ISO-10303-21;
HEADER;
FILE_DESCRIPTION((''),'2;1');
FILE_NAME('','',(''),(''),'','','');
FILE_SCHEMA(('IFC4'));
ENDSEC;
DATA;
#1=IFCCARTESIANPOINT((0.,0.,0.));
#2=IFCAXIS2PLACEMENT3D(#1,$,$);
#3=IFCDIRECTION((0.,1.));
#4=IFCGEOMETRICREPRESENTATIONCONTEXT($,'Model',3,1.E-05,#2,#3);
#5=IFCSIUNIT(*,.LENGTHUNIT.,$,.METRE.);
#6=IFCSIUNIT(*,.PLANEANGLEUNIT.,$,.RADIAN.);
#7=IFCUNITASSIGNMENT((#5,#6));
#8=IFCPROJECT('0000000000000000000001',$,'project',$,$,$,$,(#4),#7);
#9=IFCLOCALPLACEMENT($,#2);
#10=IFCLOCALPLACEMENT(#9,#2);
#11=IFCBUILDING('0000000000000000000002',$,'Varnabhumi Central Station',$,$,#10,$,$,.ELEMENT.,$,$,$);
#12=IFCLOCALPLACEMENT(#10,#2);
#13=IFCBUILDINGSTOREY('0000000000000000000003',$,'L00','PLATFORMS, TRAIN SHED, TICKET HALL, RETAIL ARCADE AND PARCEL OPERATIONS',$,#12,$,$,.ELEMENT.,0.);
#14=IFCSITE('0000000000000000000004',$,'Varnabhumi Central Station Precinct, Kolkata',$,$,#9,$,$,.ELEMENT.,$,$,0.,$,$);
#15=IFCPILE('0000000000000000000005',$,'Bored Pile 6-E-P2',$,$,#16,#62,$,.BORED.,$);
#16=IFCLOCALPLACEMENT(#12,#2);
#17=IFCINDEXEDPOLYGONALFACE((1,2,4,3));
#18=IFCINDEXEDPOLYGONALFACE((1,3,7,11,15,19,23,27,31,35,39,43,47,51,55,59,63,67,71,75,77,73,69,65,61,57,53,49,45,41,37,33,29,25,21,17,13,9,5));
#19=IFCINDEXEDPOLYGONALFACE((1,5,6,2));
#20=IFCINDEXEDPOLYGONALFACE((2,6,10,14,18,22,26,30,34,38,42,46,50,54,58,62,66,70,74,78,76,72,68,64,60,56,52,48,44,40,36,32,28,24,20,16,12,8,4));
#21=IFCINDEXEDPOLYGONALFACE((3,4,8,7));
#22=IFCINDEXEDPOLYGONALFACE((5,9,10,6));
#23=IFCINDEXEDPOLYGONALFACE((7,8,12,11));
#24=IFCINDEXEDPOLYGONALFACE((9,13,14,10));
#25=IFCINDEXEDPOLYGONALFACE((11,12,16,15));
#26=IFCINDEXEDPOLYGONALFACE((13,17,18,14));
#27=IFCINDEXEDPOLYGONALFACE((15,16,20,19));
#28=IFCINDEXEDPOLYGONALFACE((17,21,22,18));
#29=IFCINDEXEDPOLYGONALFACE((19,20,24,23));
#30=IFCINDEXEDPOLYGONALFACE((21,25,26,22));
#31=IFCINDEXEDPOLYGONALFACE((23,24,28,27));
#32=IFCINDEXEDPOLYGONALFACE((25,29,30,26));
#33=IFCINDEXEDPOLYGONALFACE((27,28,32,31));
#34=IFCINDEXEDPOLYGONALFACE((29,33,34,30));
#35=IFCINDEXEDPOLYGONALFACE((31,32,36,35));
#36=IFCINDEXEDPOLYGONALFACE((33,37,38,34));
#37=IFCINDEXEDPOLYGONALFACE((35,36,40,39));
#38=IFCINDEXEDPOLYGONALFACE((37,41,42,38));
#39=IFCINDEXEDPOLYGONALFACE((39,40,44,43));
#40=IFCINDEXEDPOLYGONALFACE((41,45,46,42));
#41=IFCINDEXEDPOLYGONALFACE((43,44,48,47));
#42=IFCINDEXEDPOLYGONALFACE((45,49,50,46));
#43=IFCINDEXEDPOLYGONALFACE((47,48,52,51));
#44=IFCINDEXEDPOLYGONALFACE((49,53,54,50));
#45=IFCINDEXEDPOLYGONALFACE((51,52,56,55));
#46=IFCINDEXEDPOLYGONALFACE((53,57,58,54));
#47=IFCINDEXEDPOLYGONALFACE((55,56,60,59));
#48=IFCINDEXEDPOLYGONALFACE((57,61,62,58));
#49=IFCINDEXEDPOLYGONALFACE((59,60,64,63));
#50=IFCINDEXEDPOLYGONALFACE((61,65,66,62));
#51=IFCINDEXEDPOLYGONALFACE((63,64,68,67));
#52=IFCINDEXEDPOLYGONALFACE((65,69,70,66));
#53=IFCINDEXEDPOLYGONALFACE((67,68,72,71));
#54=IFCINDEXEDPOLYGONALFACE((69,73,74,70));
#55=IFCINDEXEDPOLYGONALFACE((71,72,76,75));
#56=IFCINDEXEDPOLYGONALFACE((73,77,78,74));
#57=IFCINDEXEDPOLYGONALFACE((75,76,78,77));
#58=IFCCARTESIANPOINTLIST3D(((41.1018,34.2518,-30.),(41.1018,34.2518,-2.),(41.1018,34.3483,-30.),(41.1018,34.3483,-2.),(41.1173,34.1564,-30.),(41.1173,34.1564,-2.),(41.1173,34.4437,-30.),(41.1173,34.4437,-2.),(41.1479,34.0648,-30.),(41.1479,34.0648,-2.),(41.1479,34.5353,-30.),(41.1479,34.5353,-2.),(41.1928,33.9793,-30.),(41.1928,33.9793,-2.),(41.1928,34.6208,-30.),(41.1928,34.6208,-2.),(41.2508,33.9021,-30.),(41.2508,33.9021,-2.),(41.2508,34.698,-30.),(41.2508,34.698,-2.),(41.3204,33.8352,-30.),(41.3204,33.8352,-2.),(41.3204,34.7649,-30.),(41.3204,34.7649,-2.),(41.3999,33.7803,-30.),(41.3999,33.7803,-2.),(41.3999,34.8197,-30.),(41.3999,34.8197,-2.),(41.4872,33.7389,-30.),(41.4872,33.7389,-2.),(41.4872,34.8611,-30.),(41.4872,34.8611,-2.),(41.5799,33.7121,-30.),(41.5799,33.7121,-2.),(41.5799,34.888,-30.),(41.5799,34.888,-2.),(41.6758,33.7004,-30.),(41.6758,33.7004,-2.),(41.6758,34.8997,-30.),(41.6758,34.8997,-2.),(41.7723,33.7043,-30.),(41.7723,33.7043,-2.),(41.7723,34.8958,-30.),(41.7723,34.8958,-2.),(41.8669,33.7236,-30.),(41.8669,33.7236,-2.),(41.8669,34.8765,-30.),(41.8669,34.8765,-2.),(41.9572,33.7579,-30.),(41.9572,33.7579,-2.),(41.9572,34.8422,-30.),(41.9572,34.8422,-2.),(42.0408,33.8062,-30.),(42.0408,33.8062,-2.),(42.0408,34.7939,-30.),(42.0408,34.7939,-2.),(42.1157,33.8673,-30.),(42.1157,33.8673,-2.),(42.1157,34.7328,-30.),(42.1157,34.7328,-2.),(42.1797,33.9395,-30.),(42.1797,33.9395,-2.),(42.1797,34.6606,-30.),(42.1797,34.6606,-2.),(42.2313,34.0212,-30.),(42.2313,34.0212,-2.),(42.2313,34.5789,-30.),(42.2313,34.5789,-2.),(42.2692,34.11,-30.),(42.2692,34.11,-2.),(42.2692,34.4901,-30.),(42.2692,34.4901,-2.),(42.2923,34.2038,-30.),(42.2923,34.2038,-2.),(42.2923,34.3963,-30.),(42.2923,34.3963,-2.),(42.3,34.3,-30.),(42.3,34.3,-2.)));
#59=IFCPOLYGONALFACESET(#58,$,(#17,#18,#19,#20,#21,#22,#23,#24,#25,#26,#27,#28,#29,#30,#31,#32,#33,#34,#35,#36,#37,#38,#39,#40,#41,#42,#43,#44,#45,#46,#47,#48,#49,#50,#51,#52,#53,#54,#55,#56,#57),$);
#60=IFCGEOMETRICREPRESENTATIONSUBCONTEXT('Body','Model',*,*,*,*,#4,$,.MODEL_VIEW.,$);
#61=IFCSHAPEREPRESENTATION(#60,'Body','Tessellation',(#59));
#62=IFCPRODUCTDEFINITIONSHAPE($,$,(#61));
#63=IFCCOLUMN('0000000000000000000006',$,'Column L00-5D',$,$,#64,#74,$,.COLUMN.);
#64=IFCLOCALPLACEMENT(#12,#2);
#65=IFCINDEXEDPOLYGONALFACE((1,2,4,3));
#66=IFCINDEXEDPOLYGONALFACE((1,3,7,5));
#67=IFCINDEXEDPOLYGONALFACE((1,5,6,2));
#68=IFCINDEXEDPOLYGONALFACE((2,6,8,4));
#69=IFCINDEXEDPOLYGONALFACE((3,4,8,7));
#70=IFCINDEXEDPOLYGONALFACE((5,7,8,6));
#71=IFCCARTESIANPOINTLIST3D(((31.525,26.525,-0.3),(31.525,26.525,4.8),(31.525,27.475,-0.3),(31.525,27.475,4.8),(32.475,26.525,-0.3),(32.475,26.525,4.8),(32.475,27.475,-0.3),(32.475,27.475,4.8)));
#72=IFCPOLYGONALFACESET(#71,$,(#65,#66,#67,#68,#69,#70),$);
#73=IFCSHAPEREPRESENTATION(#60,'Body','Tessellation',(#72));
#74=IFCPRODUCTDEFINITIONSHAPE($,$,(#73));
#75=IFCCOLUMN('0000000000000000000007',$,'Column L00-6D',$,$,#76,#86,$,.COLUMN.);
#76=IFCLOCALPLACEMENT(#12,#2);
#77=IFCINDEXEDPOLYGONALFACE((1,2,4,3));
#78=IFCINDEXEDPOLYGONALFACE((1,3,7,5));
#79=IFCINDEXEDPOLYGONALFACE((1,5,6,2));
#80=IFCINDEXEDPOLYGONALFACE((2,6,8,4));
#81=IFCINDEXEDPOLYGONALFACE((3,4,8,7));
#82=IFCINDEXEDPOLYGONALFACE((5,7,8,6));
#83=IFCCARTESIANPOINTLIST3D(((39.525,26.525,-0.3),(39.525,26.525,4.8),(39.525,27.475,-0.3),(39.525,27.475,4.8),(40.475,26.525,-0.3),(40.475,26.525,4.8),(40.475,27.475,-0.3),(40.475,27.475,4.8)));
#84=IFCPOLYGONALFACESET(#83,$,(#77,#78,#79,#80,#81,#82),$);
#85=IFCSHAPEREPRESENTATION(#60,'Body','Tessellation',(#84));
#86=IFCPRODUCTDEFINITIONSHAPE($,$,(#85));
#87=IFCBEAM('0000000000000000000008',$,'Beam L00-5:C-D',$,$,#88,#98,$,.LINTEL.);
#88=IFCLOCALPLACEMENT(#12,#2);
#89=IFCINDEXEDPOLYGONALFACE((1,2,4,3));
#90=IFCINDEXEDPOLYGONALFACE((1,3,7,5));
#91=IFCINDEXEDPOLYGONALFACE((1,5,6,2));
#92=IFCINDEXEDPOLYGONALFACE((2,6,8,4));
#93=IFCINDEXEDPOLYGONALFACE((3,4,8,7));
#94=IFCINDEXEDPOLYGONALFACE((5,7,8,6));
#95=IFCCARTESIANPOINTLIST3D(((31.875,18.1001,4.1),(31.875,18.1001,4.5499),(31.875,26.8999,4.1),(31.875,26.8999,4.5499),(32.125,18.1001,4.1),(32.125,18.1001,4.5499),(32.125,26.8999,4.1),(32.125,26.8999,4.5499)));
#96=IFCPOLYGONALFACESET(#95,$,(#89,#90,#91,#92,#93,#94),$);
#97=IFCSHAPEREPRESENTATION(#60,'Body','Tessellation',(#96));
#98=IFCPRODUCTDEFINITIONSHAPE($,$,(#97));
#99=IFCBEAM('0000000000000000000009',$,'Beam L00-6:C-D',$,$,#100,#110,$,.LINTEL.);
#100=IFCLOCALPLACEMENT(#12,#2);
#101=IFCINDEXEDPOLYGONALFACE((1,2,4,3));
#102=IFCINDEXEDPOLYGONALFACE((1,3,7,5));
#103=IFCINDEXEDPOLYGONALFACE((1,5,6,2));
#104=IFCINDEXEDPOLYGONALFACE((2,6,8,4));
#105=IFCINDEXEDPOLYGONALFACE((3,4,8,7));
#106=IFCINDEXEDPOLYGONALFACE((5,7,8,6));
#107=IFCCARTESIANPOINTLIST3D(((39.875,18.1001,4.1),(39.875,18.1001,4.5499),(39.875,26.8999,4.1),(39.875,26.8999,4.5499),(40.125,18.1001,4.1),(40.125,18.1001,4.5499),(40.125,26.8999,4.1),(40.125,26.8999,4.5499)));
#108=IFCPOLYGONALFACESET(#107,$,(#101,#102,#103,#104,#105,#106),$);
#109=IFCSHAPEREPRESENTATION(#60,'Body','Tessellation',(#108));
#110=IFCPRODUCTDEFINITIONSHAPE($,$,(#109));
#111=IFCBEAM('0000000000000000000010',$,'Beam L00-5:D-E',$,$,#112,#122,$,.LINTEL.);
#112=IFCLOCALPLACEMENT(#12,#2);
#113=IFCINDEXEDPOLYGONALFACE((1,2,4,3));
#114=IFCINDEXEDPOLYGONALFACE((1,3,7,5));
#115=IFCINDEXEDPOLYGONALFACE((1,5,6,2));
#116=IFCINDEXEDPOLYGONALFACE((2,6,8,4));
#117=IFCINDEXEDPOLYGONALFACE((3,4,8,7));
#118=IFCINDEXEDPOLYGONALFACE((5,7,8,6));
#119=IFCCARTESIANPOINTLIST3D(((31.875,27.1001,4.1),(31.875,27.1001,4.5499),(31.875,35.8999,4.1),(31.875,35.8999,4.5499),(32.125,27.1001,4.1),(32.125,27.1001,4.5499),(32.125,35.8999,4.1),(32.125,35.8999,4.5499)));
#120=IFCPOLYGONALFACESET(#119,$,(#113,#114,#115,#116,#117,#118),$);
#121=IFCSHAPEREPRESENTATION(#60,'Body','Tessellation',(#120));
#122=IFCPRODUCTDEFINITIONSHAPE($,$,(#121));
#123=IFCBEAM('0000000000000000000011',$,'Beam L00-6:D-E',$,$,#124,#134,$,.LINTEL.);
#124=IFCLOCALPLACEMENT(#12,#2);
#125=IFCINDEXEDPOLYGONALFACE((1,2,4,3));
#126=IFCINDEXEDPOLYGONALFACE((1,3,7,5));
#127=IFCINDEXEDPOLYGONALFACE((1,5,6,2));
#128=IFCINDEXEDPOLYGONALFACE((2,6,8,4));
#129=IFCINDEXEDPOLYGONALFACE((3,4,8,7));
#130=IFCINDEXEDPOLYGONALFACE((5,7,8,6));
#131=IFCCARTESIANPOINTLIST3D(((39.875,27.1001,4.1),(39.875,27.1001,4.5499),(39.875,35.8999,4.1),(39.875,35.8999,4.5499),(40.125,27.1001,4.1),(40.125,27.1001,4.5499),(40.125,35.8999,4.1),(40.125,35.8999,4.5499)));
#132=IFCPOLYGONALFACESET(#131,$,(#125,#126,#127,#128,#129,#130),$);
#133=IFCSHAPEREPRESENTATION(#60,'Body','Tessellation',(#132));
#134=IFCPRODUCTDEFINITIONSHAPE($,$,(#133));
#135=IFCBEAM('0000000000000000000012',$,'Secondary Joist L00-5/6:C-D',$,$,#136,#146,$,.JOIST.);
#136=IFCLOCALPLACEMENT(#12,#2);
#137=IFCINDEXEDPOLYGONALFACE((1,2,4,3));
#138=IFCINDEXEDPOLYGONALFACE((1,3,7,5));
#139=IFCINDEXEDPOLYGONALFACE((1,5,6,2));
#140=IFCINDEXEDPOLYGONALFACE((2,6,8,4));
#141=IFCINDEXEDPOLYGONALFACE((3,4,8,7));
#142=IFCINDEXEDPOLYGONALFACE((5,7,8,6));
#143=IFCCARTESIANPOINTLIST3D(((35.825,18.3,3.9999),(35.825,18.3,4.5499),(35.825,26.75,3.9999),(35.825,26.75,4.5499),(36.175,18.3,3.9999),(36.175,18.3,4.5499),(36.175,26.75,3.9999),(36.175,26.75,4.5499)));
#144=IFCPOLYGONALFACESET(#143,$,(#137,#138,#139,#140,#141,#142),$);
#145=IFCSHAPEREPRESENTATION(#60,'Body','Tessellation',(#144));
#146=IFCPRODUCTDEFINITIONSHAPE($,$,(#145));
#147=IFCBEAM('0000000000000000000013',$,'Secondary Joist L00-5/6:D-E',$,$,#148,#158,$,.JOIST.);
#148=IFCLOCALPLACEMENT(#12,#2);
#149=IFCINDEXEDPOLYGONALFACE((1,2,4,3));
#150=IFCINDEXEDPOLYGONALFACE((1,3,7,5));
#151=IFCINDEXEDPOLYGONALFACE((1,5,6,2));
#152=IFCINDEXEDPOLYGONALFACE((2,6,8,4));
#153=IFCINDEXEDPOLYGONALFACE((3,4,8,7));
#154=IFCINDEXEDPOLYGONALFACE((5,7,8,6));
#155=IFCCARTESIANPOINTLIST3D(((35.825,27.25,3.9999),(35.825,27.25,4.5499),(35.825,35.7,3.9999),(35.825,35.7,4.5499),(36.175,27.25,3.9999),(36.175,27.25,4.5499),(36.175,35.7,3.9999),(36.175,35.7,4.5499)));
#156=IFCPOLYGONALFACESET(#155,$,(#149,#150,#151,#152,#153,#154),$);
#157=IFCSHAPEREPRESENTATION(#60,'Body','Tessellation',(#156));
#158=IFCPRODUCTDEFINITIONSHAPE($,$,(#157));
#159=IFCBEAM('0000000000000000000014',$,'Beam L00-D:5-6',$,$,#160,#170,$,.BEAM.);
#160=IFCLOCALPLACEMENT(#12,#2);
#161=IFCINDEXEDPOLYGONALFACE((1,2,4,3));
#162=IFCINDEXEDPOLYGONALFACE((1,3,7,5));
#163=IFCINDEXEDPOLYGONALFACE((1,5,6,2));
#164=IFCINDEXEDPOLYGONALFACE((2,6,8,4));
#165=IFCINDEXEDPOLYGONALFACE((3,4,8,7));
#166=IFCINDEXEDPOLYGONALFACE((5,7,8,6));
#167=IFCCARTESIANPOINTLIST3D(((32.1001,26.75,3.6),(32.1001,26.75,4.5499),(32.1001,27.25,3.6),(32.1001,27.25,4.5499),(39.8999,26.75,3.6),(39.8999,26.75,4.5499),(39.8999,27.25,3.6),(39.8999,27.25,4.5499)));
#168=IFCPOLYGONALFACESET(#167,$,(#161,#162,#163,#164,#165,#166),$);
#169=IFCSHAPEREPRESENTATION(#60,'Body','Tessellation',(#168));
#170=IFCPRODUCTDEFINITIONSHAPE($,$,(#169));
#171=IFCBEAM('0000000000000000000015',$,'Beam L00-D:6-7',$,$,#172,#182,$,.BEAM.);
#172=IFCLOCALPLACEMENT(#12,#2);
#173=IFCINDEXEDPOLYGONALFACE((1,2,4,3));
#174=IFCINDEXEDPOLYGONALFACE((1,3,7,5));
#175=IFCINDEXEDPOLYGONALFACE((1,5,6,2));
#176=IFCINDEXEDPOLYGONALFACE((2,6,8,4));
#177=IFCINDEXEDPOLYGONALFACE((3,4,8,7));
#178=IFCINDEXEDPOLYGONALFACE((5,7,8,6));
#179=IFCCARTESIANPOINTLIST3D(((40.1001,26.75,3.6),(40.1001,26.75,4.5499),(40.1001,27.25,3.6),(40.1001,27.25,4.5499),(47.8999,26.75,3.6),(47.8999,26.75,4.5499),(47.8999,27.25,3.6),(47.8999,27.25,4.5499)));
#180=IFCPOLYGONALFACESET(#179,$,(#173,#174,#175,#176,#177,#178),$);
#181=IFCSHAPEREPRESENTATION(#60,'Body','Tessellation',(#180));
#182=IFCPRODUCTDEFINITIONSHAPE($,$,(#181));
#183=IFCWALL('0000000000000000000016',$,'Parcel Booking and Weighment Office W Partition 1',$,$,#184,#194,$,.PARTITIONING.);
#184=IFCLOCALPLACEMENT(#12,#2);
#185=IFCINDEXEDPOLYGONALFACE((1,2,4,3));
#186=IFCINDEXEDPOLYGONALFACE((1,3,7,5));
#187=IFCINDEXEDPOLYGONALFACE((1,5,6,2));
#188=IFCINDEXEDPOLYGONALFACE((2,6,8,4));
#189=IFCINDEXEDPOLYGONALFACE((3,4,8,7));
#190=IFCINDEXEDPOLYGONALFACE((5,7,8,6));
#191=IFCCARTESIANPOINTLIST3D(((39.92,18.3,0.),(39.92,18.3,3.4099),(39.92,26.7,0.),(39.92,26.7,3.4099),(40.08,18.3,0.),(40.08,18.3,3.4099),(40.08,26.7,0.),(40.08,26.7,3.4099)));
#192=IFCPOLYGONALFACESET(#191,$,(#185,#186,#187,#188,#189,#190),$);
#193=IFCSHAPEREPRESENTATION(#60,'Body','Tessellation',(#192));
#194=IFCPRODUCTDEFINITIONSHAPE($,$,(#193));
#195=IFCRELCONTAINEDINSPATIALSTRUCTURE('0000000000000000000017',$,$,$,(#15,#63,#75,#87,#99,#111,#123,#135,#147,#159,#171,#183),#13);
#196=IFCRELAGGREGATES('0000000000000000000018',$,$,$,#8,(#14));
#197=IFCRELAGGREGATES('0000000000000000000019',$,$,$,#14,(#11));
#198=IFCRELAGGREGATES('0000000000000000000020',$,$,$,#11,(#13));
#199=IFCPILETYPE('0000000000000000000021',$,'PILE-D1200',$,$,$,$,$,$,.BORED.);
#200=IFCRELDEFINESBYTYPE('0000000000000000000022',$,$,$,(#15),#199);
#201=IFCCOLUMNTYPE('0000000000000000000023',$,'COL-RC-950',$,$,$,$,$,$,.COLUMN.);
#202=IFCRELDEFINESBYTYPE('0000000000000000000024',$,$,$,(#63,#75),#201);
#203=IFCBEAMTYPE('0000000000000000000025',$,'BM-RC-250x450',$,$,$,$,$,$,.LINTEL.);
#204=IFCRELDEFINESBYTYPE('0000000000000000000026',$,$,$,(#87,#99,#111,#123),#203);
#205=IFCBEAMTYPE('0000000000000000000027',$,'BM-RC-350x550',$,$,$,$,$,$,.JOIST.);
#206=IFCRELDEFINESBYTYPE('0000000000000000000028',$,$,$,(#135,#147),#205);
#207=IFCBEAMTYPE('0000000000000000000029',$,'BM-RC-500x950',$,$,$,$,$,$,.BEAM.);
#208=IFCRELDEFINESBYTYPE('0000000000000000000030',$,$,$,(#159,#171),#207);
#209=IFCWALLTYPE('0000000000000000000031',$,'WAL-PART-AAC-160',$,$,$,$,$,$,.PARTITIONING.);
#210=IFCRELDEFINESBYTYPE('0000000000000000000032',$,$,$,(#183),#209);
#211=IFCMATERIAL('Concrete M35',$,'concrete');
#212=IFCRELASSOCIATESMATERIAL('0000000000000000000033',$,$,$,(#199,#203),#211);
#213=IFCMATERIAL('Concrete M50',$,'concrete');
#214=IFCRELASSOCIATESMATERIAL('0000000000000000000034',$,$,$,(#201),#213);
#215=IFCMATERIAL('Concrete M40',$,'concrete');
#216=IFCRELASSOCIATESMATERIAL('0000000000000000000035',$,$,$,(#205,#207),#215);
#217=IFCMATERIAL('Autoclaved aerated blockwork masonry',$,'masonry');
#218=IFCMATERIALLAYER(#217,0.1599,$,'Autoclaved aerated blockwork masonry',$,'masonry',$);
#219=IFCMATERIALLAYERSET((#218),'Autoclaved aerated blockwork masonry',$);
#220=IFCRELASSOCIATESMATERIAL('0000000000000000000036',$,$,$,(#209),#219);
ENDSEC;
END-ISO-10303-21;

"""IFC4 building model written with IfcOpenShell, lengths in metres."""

from ifc_helpers import new_model, si_unit, direction, frame, frame_2d, origin, origin_2d, place, context, subcontext, project, spatial, rectangle, circle, extrude, material, layer, layer_set, material_profile, profile_set, type_object, element, save


model = new_model("IFC4")

# Units and contexts
model_context = context("Model", 3, precision=1e-05, world=origin(), true_north=direction((0.0, 1.0)))
body_context = subcontext(model_context, "Body", "Model", "MODEL_VIEW")
ifc_project = project(units=[si_unit("LENGTHUNIT", "METRE"), si_unit("PLANEANGLEUNIT", "RADIAN")], contexts=[model_context])

# Site, building, storey
site_placement = place(None, origin())
site = spatial("IfcSite", under=ifc_project, at=site_placement, Name="Varnabhumi Central Station Precinct, Kolkata", CompositionType="ELEMENT", RefElevation=0.0)
building_placement = place(site_placement, origin())
building = spatial("IfcBuilding", under=site, at=building_placement, Name="Varnabhumi Central Station", CompositionType="ELEMENT")
storey_placement = place(building_placement, origin())
storey = spatial("IfcBuildingStorey", under=building, at=storey_placement, Name="L00", Description="PLATFORMS, TRAIN SHED, TICKET HALL, RETAIL ARCADE AND PARCEL OPERATIONS", CompositionType="ELEMENT", Elevation=0.0)

# Shared definitions
ifc_material_1 = material(Name="Concrete M40", Category="concrete")

# Pile
ifc_material_2 = material(Name="Concrete M35", Category="concrete")
ifc_material_profile_1 = material_profile(ifc_material_2, circle(Radius=0.6001, at=origin_2d()), Name="Concrete M35", Category="concrete")
ifc_profile_set_1 = profile_set([ifc_material_profile_1], Name="Concrete M35")
pile_type_1 = type_object("IfcPileType", Name="PILE-D1200", PredefinedType="BORED", material=ifc_profile_set_1)
for number, where, z_axis, x_axis, name in (
    (1, (41.7, 34.3, -2.0), (0.0, 0.0, -1.0), (1.0, 0.0, 0.0), "Bored Pile 6-E-P2"),
):
    element("IfcPile", number, at=place(storey_placement, frame(where, z_axis=z_axis, x_axis=x_axis)), inside=storey, type_object=pile_type_1, Name=name, PredefinedType="BORED", context=body_context, shape_type="SweptSolid", body=[
        extrude(circle(Radius=0.6001, at=origin_2d()), origin(), (0.0, 0.0, 1.0), 28.0),
    ])

# Columns
ifc_material_3 = material(Name="Concrete M50", Category="concrete")
ifc_material_profile_2 = material_profile(ifc_material_3, rectangle(XDim=0.95, YDim=0.95, at=origin_2d()), Name="Concrete M50", Category="concrete")
ifc_profile_set_2 = profile_set([ifc_material_profile_2], Name="Concrete M50")
column_type = type_object("IfcColumnType", Name="COL-RC-950", PredefinedType="COLUMN", material=ifc_profile_set_2)
for number, where, z_axis, x_axis, name in (
    (2, (32.0, 27.0, -0.3), (0.0, 0.0, 1.0), (1.0, 0.0, 0.0), "Column L00-5D"),
    (3, (40.0, 27.0, -0.3), (0.0, 0.0, 1.0), (1.0, 0.0, 0.0), "Column L00-6D"),
):
    element("IfcColumn", number, at=place(storey_placement, frame(where, z_axis=z_axis, x_axis=x_axis)), inside=storey, type_object=column_type, Name=name, PredefinedType="COLUMN", context=body_context, shape_type="SweptSolid", body=[
        extrude(rectangle(XDim=0.95, YDim=0.95, at=origin_2d()), origin(), (0.0, 0.0, 1.0), 5.1001),
    ])

# Beams
ifc_material_profile_3 = material_profile(ifc_material_2, rectangle(XDim=0.25, YDim=0.45, at=origin_2d()), Name="Concrete M35", Category="concrete")
ifc_profile_set_3 = profile_set([ifc_material_profile_3], Name="Concrete M35")
beam_type_1 = type_object("IfcBeamType", Name="BM-RC-250x450", PredefinedType="LINTEL", material=ifc_profile_set_3)
for number, where, z_axis, x_axis, name in (
    (4, (32.0, 18.1001, 4.325), (0.0, 1.0, 0.0), (-1.0, 0.0, 0.0), "Beam L00-5:C-D"),
    (5, (40.0, 18.1001, 4.325), (0.0, 1.0, 0.0), (-1.0, 0.0, 0.0), "Beam L00-6:C-D"),
    (6, (32.0, 27.1001, 4.325), (0.0, 1.0, 0.0), (-1.0, 0.0, 0.0), "Beam L00-5:D-E"),
    (7, (40.0, 27.1001, 4.325), (0.0, 1.0, 0.0), (-1.0, 0.0, 0.0), "Beam L00-6:D-E"),
):
    element("IfcBeam", number, at=place(storey_placement, frame(where, z_axis=z_axis, x_axis=x_axis)), inside=storey, type_object=beam_type_1, Name=name, PredefinedType="LINTEL", context=body_context, shape_type="SweptSolid", body=[
        extrude(rectangle(XDim=0.25, YDim=0.45, at=origin_2d()), origin(), (0.0, 0.0, 1.0), 8.7998),
    ])
ifc_material_profile_4 = material_profile(ifc_material_1, rectangle(XDim=0.3501, YDim=0.55, at=origin_2d()), Name="Concrete M40", Category="concrete")
ifc_profile_set_4 = profile_set([ifc_material_profile_4], Name="Concrete M40")
beam_type_2 = type_object("IfcBeamType", Name="BM-RC-350x550", PredefinedType="JOIST", material=ifc_profile_set_4)
for number, where, z_axis, x_axis, name in (
    (8, (36.0, 18.3, 4.2749), (0.0, 1.0, 0.0), (-1.0, 0.0, 0.0), "Secondary Joist L00-5/6:C-D"),
    (9, (36.0, 27.25, 4.2749), (0.0, 1.0, 0.0), (-1.0, 0.0, 0.0), "Secondary Joist L00-5/6:D-E"),
):
    element("IfcBeam", number, at=place(storey_placement, frame(where, z_axis=z_axis, x_axis=x_axis)), inside=storey, type_object=beam_type_2, Name=name, PredefinedType="JOIST", context=body_context, shape_type="SweptSolid", body=[
        extrude(rectangle(XDim=0.3501, YDim=0.55, at=origin_2d()), origin(), (0.0, 0.0, 1.0), 8.45),
    ])
ifc_material_profile_5 = material_profile(ifc_material_1, rectangle(XDim=0.5, YDim=0.95, at=origin_2d()), Name="Concrete M40", Category="concrete")
ifc_profile_set_5 = profile_set([ifc_material_profile_5], Name="Concrete M40")
beam_type_3 = type_object("IfcBeamType", Name="BM-RC-500x950", PredefinedType="BEAM", material=ifc_profile_set_5)
for number, where, z_axis, x_axis, name in (
    (10, (32.1001, 27.0, 4.075), (1.0, 0.0, 0.0), (0.0, 1.0, 0.0), "Beam L00-D:5-6"),
    (11, (40.1001, 27.0, 4.075), (1.0, 0.0, 0.0), (0.0, 1.0, 0.0), "Beam L00-D:6-7"),
):
    element("IfcBeam", number, at=place(storey_placement, frame(where, z_axis=z_axis, x_axis=x_axis)), inside=storey, type_object=beam_type_3, Name=name, PredefinedType="BEAM", context=body_context, shape_type="SweptSolid", body=[
        extrude(rectangle(XDim=0.5, YDim=0.95, at=origin_2d()), origin(), (0.0, 0.0, 1.0), 7.7998),
    ])

# Wall
ifc_material_4 = material(Name="Autoclaved aerated blockwork masonry", Category="masonry")
ifc_layer_1 = layer(ifc_material_4, 0.1599, Name="Autoclaved aerated blockwork masonry", Category="masonry")
ifc_layer_set_1 = layer_set([ifc_layer_1], Name="Autoclaved aerated blockwork masonry")
wall_type = type_object("IfcWallType", Name="WAL-PART-AAC-160", PredefinedType="PARTITIONING", material=ifc_layer_set_1)
wall_1_placement = place(storey_placement, frame((40.0, 18.3, 0.0), z_axis=(0.0, 0.0, 1.0), x_axis=(0.0, 1.0, 0.0)))
element("IfcWall", 12, at=wall_1_placement, inside=storey, type_object=wall_type, Name="Parcel Booking and Weighment Office W Partition 1", PredefinedType="PARTITIONING", context=body_context, shape_type="SweptSolid", body=[
    extrude(rectangle(XDim=8.3999, YDim=0.1599, at=frame_2d((4.2, 0.0))), origin(), (0.0, 0.0, 1.0), 3.4099),
])

save(model, "model.ifc")
